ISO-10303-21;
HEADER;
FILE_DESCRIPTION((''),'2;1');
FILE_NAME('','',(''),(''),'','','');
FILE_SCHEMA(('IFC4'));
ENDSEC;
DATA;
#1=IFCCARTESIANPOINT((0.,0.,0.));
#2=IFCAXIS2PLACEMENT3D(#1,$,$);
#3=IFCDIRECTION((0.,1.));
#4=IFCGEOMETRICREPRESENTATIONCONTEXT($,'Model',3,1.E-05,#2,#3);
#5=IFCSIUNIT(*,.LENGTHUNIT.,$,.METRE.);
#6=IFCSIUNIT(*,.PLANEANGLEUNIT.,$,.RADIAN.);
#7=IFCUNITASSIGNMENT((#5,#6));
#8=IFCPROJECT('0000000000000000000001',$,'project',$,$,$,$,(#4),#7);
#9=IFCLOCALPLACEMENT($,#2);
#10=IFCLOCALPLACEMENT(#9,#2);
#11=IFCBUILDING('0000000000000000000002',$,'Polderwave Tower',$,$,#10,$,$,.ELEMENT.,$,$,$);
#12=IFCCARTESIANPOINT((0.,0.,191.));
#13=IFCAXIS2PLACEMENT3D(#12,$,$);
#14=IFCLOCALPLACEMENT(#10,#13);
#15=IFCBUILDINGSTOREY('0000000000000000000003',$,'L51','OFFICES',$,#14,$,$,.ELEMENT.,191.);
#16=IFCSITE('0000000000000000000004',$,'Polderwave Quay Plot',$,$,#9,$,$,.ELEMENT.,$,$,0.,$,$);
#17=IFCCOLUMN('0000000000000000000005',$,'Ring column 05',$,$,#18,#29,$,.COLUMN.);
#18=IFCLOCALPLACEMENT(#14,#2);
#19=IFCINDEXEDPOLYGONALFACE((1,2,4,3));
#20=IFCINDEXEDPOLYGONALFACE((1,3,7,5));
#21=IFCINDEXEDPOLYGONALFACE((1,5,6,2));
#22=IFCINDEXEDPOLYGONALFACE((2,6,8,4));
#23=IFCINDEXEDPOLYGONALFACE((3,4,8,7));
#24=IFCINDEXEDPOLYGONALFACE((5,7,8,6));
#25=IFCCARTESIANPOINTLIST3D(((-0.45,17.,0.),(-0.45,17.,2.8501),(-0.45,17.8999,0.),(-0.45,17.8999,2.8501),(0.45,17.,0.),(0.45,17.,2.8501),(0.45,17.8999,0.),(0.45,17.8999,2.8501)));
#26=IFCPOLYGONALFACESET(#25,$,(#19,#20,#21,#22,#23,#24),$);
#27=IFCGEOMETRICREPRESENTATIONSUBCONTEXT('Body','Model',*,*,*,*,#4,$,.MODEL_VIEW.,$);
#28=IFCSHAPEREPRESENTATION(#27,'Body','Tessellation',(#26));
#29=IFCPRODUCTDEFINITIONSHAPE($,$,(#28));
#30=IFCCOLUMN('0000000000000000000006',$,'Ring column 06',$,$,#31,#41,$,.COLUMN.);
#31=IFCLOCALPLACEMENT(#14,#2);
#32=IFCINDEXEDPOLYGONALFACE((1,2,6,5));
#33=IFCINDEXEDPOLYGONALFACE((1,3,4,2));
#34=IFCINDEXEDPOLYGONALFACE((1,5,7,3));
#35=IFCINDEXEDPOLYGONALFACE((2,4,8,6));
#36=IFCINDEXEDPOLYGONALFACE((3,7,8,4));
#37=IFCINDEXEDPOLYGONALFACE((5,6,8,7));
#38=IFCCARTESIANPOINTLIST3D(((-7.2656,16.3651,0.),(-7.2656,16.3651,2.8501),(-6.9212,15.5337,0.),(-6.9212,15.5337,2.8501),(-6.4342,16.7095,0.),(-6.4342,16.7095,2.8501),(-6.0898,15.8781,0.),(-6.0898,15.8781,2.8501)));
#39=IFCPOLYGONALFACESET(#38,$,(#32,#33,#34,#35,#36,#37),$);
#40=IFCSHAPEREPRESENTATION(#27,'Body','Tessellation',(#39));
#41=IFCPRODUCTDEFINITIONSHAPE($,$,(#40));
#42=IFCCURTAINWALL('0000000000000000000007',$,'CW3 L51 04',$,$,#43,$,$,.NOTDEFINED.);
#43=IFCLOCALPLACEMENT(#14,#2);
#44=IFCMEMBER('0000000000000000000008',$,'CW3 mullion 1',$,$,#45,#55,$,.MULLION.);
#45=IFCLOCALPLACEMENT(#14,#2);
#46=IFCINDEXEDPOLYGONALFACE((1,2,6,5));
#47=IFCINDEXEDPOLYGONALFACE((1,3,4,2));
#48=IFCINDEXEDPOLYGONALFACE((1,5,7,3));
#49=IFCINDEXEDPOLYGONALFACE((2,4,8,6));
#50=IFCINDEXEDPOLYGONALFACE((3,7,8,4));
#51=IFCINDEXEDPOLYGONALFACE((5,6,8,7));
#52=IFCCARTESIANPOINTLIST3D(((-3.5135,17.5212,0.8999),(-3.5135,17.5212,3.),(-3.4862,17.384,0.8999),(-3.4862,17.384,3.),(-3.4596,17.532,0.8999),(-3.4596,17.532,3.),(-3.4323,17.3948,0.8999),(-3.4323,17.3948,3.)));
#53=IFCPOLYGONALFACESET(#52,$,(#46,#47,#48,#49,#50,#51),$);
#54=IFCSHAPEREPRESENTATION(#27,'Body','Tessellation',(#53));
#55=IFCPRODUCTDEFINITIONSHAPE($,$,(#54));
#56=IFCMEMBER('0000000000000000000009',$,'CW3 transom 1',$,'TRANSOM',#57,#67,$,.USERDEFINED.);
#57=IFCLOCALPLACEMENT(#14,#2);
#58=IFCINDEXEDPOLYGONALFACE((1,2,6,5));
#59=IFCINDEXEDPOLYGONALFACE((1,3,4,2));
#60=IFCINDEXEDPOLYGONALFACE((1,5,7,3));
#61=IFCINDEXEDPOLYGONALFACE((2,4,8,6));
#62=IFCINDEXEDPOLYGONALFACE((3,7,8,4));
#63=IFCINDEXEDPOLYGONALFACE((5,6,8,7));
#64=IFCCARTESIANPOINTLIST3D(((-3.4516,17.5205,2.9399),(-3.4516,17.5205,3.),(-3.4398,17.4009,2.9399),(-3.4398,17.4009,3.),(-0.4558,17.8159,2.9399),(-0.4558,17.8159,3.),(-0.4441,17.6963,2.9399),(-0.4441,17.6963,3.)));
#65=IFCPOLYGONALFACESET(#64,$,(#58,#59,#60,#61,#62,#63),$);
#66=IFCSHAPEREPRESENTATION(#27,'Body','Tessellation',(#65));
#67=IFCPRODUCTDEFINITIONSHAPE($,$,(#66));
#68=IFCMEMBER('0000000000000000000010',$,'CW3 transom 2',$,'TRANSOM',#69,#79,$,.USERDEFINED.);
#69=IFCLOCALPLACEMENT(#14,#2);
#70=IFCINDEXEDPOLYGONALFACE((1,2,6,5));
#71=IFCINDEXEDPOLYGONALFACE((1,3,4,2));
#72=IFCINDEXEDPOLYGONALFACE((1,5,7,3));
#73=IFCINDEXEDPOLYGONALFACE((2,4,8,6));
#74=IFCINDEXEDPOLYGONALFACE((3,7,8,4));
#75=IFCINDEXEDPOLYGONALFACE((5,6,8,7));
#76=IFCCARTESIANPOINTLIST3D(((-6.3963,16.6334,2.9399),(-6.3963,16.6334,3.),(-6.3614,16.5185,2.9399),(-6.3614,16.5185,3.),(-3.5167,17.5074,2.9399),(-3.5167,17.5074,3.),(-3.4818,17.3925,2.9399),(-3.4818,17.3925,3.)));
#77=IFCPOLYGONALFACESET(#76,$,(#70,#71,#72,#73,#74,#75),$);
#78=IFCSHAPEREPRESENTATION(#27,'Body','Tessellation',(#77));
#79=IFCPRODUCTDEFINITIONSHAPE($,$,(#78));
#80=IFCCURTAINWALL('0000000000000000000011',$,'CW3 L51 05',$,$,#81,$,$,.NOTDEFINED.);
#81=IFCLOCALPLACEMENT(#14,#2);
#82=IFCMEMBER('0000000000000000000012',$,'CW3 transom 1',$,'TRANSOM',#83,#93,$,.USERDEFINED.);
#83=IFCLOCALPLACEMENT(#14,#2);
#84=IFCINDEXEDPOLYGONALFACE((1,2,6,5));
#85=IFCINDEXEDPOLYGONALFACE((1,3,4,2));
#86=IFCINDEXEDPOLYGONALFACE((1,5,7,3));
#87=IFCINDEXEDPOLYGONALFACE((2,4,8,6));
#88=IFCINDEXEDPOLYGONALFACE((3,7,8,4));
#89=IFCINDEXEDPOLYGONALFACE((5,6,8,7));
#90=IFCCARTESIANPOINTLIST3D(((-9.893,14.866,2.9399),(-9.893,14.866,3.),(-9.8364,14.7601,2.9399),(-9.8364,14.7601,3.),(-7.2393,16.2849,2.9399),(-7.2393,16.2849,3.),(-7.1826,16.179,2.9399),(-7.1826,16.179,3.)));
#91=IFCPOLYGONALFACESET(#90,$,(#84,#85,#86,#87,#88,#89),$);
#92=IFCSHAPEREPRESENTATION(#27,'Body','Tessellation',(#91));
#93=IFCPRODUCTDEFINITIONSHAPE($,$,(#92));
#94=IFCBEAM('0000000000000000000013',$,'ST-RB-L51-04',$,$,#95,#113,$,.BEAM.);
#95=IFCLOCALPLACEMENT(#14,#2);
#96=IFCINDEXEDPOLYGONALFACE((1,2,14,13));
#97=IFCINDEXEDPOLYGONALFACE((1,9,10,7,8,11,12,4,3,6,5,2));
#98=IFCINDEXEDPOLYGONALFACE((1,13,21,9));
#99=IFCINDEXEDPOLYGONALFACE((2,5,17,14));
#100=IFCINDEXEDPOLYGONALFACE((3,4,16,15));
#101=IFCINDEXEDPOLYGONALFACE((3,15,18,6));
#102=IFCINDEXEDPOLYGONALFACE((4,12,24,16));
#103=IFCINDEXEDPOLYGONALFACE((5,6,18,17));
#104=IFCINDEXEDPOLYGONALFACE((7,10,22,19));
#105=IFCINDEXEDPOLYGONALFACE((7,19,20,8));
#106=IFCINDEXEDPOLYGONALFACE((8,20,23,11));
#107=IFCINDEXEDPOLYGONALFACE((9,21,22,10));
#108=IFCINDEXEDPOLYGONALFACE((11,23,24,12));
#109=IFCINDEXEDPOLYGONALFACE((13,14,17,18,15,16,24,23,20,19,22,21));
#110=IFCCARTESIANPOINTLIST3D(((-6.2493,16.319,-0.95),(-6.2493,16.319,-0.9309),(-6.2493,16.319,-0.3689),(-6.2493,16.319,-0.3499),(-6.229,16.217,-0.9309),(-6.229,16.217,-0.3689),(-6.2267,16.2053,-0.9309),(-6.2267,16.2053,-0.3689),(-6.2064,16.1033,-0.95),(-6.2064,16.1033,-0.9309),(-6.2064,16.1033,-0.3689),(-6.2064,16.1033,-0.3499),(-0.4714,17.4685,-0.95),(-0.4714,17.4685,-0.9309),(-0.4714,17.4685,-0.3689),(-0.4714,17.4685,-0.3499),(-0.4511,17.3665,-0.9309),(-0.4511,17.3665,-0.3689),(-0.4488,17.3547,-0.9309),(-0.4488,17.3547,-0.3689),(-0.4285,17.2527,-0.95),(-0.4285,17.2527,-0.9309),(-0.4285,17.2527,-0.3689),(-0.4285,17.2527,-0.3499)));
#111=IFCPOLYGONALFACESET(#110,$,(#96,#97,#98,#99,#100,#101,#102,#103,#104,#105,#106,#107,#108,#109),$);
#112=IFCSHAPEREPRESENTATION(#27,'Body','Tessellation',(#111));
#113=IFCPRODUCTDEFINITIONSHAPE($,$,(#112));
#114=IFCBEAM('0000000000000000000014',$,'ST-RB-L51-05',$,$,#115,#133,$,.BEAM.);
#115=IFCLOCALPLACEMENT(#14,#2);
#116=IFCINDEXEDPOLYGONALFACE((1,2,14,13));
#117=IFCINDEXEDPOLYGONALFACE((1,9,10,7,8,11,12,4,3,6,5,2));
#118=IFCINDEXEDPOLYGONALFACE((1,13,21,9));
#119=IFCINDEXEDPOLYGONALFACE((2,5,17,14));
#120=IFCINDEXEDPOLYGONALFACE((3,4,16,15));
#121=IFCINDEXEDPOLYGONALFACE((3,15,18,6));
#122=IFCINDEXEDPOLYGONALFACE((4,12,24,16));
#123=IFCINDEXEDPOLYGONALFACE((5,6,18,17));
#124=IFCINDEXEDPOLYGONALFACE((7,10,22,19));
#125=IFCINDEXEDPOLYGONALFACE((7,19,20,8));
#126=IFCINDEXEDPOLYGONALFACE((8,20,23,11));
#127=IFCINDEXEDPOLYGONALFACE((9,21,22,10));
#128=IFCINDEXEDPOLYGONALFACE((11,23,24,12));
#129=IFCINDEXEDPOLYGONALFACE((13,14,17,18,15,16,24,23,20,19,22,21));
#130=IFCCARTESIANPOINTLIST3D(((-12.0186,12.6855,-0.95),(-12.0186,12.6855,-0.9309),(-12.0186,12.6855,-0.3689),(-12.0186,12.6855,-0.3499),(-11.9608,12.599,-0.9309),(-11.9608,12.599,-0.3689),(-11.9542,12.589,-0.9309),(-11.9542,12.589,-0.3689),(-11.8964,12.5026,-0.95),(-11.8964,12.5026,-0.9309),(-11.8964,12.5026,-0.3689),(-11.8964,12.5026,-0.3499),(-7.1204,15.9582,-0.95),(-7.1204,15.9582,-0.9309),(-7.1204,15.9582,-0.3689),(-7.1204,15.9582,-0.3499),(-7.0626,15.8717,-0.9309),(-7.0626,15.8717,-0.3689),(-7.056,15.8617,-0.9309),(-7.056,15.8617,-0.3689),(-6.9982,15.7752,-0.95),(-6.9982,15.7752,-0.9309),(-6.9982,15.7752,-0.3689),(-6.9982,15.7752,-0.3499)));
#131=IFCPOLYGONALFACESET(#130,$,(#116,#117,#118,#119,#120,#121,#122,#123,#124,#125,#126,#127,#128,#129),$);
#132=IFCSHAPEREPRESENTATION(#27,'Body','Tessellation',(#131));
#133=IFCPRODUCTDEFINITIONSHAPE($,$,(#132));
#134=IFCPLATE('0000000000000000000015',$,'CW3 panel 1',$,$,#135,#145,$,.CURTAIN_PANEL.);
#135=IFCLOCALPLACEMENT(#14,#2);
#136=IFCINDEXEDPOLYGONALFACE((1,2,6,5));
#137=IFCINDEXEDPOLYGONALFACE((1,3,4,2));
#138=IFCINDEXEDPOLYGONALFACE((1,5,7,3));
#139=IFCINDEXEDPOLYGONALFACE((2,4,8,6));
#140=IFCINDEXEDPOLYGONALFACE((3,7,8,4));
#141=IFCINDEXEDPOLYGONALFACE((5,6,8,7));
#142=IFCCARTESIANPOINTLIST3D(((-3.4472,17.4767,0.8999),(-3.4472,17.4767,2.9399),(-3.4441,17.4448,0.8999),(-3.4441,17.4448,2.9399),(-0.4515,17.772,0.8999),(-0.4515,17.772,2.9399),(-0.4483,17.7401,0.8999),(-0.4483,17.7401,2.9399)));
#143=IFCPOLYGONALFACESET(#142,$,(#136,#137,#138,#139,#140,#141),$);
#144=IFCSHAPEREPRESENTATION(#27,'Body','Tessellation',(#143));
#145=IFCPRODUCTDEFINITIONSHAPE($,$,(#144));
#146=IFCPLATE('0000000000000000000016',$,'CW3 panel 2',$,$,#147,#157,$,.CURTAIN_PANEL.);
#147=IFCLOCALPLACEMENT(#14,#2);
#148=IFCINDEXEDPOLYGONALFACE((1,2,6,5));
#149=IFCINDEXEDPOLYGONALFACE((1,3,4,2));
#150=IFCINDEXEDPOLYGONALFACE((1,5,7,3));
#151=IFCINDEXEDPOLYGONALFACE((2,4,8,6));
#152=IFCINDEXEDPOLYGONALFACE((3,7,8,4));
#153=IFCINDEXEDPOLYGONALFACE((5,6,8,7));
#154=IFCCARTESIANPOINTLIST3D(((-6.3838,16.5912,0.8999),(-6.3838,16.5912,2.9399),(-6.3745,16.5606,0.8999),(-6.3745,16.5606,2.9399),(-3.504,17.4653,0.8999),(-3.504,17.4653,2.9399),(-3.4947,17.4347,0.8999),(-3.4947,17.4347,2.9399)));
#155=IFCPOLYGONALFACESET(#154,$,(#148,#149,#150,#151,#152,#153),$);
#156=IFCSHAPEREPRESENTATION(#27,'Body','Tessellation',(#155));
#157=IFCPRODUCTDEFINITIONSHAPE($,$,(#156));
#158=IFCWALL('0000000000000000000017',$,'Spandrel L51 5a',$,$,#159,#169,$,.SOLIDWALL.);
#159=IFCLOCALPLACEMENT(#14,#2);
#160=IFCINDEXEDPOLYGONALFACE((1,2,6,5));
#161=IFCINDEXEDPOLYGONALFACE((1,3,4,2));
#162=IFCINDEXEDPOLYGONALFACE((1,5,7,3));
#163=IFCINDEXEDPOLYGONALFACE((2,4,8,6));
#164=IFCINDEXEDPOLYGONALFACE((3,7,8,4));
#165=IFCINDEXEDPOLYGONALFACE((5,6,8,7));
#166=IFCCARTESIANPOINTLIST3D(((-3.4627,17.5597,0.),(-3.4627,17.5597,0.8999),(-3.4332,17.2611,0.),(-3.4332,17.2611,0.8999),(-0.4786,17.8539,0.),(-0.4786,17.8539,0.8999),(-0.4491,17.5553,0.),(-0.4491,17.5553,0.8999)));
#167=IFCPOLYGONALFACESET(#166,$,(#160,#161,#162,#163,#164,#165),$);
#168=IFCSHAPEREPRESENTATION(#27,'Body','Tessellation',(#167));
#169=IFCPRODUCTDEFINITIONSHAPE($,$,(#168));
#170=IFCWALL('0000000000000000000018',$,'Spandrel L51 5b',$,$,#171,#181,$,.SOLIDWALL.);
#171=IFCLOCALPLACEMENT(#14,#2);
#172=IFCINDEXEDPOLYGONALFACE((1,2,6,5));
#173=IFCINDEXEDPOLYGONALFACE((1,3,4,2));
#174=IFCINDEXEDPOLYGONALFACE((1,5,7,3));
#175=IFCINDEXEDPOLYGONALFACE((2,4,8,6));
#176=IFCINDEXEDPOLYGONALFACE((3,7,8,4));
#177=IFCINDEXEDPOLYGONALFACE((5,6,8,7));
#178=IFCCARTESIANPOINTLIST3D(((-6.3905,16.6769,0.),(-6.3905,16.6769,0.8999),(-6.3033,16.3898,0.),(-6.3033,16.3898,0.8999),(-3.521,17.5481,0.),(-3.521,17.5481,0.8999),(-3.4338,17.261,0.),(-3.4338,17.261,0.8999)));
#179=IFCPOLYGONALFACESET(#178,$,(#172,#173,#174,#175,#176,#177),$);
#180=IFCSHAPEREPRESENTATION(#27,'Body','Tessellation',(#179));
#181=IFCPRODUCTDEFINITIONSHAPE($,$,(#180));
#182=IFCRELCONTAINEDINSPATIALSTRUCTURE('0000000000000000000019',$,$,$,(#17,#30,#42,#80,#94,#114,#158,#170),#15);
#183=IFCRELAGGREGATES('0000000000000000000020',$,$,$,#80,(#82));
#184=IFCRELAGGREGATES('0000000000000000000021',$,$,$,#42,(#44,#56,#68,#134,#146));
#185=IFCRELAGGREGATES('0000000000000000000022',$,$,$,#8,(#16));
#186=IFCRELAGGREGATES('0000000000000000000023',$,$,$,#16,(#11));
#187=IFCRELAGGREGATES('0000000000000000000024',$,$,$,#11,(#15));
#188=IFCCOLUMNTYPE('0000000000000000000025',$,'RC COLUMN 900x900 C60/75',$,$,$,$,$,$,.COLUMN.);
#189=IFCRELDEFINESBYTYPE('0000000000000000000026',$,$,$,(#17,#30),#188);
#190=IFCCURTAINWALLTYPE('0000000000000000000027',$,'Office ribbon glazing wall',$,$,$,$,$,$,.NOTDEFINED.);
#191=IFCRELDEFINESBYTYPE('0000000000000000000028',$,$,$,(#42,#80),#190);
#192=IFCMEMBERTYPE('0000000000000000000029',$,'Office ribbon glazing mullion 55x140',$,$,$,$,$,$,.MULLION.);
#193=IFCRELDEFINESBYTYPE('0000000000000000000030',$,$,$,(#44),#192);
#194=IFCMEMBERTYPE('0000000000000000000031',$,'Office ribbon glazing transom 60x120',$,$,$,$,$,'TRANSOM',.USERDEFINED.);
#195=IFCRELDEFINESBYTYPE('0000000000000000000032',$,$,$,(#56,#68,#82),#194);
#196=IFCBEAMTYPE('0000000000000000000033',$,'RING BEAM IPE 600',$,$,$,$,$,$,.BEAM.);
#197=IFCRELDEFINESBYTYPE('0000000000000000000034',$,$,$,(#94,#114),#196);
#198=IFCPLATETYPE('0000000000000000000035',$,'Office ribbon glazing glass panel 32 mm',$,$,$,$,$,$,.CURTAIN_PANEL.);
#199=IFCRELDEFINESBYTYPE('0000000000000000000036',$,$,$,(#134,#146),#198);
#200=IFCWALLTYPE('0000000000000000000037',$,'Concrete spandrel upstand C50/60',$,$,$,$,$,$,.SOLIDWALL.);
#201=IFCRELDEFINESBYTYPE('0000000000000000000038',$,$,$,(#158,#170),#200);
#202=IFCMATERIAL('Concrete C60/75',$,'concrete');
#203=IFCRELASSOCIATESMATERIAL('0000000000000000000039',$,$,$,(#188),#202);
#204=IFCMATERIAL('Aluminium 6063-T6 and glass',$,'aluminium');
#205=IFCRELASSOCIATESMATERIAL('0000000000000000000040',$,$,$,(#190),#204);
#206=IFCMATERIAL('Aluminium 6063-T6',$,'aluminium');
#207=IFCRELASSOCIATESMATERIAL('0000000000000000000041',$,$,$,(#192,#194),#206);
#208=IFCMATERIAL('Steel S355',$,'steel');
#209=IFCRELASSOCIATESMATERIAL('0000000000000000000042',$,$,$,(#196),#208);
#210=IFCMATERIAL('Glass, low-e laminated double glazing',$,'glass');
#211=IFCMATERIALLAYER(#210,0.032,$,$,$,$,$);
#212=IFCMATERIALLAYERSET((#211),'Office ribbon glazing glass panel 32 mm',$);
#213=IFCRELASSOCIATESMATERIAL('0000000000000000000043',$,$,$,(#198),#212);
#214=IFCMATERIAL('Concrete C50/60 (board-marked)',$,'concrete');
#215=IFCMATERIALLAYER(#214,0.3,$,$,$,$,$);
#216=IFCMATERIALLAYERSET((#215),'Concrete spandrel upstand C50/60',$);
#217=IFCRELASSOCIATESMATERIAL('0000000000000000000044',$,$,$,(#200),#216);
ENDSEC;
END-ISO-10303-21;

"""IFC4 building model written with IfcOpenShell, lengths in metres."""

from ifc_helpers import new_model, si_unit, direction, frame, frame_2d, origin, origin_2d, place, context, subcontext, project, spatial, rectangle, i_section, extrude, material, layer, layer_set, material_profile, profile_set, type_object, element, aggregate, save


model = new_model("IFC4")

# Units and contexts
model_context = context("Model", 3, precision=1e-05, world=origin(), true_north=direction((0.0, 1.0)))
body_context = subcontext(model_context, "Body", "Model", "MODEL_VIEW")
ifc_project = project(units=[si_unit("LENGTHUNIT", "METRE"), si_unit("PLANEANGLEUNIT", "RADIAN")], contexts=[model_context])

# Site, building, storey
site_placement = place(None, origin())
site = spatial("IfcSite", under=ifc_project, at=site_placement, Name="Polderwave Quay Plot", CompositionType="ELEMENT", RefElevation=0.0)
building_placement = place(site_placement, origin())
building = spatial("IfcBuilding", under=site, at=building_placement, Name="Polderwave Tower", CompositionType="ELEMENT")
storey_placement = place(building_placement, frame((0.0, 0.0, 191.0)))
storey = spatial("IfcBuildingStorey", under=building, at=storey_placement, Name="L51", Description="OFFICES", CompositionType="ELEMENT", Elevation=191.0)

# Columns
ifc_material_1 = material(Name="Concrete C60/75", Category="concrete")
ifc_material_profile_1 = material_profile(ifc_material_1, rectangle(XDim=0.8999, YDim=0.8999, at=origin_2d()), Name="RC 900x900")
ifc_profile_set_1 = profile_set([ifc_material_profile_1], Name="Concrete C60/75")
column_type = type_object("IfcColumnType", Name="RC COLUMN 900x900 C60/75", PredefinedType="COLUMN", material=ifc_profile_set_1)
for number, where, z_axis, x_axis, name in (
    (1, (0.0, 17.45, 0.0), (0.0, 0.0, 1.0), (0.0, 1.0, 0.0), "Ring column 05"),
    (2, (-6.6777, 16.1216, 0.0), (0.0, 0.0, 1.0), (-0.382683, 0.92388, 0.0), "Ring column 06"),
):
    element("IfcColumn", number, at=place(storey_placement, frame(where, z_axis=z_axis, x_axis=x_axis)), inside=storey, type_object=column_type, Name=name, PredefinedType="COLUMN", context=body_context, shape_type="SweptSolid", body=[
        extrude(rectangle(XDim=0.8999, YDim=0.8999, at=origin_2d()), origin(), (0.0, 0.0, 1.0), 2.8501),
    ])

# Curtain wall, members
ifc_material_2 = material(Name="Aluminium 6063-T6 and glass", Category="aluminium")
curtain_wall_type = type_object("IfcCurtainWallType", Name="Office ribbon glazing wall", PredefinedType="NOTDEFINED", material=ifc_material_2)
curtain_wall_1_placement = place(storey_placement, origin())
curtain_wall_1 = element("IfcCurtainWall", 3, at=curtain_wall_1_placement, inside=storey, type_object=curtain_wall_type, Name="CW3 L51 04", PredefinedType="NOTDEFINED")
ifc_material_3 = material(Name="Aluminium 6063-T6", Category="aluminium")
ifc_material_profile_2 = material_profile(ifc_material_3, rectangle(XDim=0.1399, YDim=0.0549, at=origin_2d()), Name="AL 55x140")
ifc_profile_set_2 = profile_set([ifc_material_profile_2], Name="Aluminium 6063-T6")
member_type_1 = type_object("IfcMemberType", Name="Office ribbon glazing mullion 55x140", PredefinedType="MULLION", material=ifc_profile_set_2)
member_1_placement = place(storey_placement, frame((-3.4729, 17.458, 0.8999), z_axis=(0.0, 0.0, 1.0), x_axis=(0.195205, -0.980762, 0.0)))
member_1 = element("IfcMember", 4, at=member_1_placement, type_object=member_type_1, Name="CW3 mullion 1", PredefinedType="MULLION", context=body_context, shape_type="SweptSolid", body=[
    extrude(rectangle(XDim=0.1399, YDim=0.0549, at=origin_2d()), origin(), (0.0, 0.0, 1.0), 2.1001),
])
ifc_material_profile_3 = material_profile(ifc_material_3, rectangle(XDim=0.1201, YDim=0.0601, at=origin_2d()), Name="AL 60x120")
ifc_profile_set_3 = profile_set([ifc_material_profile_3], Name="Aluminium 6063-T6")
member_type_2 = type_object("IfcMemberType", Name="Office ribbon glazing transom 60x120", ElementType="TRANSOM", PredefinedType="USERDEFINED", material=ifc_profile_set_3)
member_2_placement = place(storey_placement, frame((-0.45, 17.7561, 2.97), z_axis=(-0.995173, -0.098138, 0.0), x_axis=(0.098138, -0.995173, 0.0)))
member_2 = element("IfcMember", 5, at=member_2_placement, type_object=member_type_2, Name="CW3 transom 1", ObjectType="TRANSOM", PredefinedType="USERDEFINED", context=body_context, shape_type="SweptSolid", body=[
    extrude(rectangle(XDim=0.1201, YDim=0.0601, at=origin_2d()), origin(), (0.0, 0.0, 1.0), 3.0103),
])
member_3_placement = place(storey_placement, frame((-3.4993, 17.45, 2.97), z_axis=(-0.956895, -0.290435, 0.0), x_axis=(0.290435, -0.956895, 0.0)))
member_3 = element("IfcMember", 6, at=member_3_placement, type_object=member_type_2, Name="CW3 transom 2", ObjectType="TRANSOM", PredefinedType="USERDEFINED", context=body_context, shape_type="SweptSolid", body=[
    extrude(rectangle(XDim=0.1201, YDim=0.0601, at=origin_2d()), origin(), (0.0, 0.0, 1.0), 3.0093),
])

# Curtain wall, member
curtain_wall_2_placement = place(storey_placement, origin())
curtain_wall_2 = element("IfcCurtainWall", 7, at=curtain_wall_2_placement, inside=storey, type_object=curtain_wall_type, Name="CW3 L51 05", PredefinedType="NOTDEFINED")
member_4_placement = place(storey_placement, frame((-7.2109, 16.2319, 2.97), z_axis=(-0.881858, -0.471514, 0.0), x_axis=(0.471514, -0.881858, 0.0)))
member_4 = element("IfcMember", 8, at=member_4_placement, type_object=member_type_2, Name="CW3 transom 1", ObjectType="TRANSOM", PredefinedType="USERDEFINED", context=body_context, shape_type="SweptSolid", body=[
    extrude(rectangle(XDim=0.1201, YDim=0.0601, at=origin_2d()), origin(), (0.0, 0.0, 1.0), 3.0093),
])
aggregate(curtain_wall_2, [member_4])

# Beams
ifc_material_4 = material(Name="Steel S355", Category="steel")
ifc_material_profile_4 = material_profile(ifc_material_4, i_section(OverallWidth=0.22, OverallDepth=0.6001, WebThickness=0.012, FlangeThickness=0.019, at=origin_2d()), Name="IPE 600")
ifc_profile_set_4 = profile_set([ifc_material_profile_4], Name="Steel S355")
beam_type = type_object("IfcBeamType", Name="RING BEAM IPE 600", PredefinedType="BEAM", material=ifc_profile_set_4)
beam_1_placement = place(storey_placement, frame((-0.45, 17.3606, -0.6499), z_axis=(-0.980781, -0.195112, 0.0), x_axis=(0.195112, -0.980781, 0.0)))
element("IfcBeam", 9, at=beam_1_placement, inside=storey, type_object=beam_type, Name="ST-RB-L51-04", PredefinedType="BEAM", context=body_context, shape_type="SweptSolid", body=[
    extrude(i_section(OverallWidth=0.22, OverallDepth=0.6001, WebThickness=0.012, FlangeThickness=0.019, at=origin_2d()), origin(), (0.0, 0.0, 1.0), 5.8911),
])
beam_2_placement = place(storey_placement, frame((-7.0593, 15.8667, -0.6499), z_axis=(-0.831482, -0.555551, 0.0), x_axis=(0.555551, -0.831482, 0.0)))
element("IfcBeam", 10, at=beam_2_placement, inside=storey, type_object=beam_type, Name="ST-RB-L51-05", PredefinedType="BEAM", context=body_context, shape_type="SweptSolid", body=[
    extrude(i_section(OverallWidth=0.22, OverallDepth=0.6001, WebThickness=0.012, FlangeThickness=0.019, at=origin_2d()), origin(), (0.0, 0.0, 1.0), 5.8909),
])

# Plates
ifc_material_5 = material(Name="Glass, low-e laminated double glazing", Category="glass")
ifc_layer_1 = layer(ifc_material_5, 0.032)
ifc_layer_set_1 = layer_set([ifc_layer_1], Name="Office ribbon glazing glass panel 32 mm")
plate_type = type_object("IfcPlateType", Name="Office ribbon glazing glass panel 32 mm", PredefinedType="CURTAIN_PANEL", material=ifc_layer_set_1)
plate_1_placement = place(storey_placement, frame((-1.9478, 17.6084, 0.8999), z_axis=(0.0, 0.0, 1.0), x_axis=(-0.995176, -0.098102, 0.0)))
plate_1 = element("IfcPlate", 11, at=plate_1_placement, type_object=plate_type, Name="CW3 panel 1", PredefinedType="CURTAIN_PANEL", context=body_context, shape_type="SweptSolid", body=[
    extrude(rectangle(XDim=3.0103, YDim=0.032, at=origin_2d()), origin(), (0.0, 0.0, 1.0), 2.04),
])
plate_2_placement = place(storey_placement, frame((-4.9392, 17.0129, 0.8999), z_axis=(0.0, 0.0, 1.0), x_axis=(-0.956897, -0.290428, 0.0)))
plate_2 = element("IfcPlate", 12, at=plate_2_placement, type_object=plate_type, Name="CW3 panel 2", PredefinedType="CURTAIN_PANEL", context=body_context, shape_type="SweptSolid", body=[
    extrude(rectangle(XDim=3.0095, YDim=0.032, at=origin_2d()), origin(), (0.0, 0.0, 1.0), 2.04),
])
aggregate(curtain_wall_1, [member_1, member_2, member_3, plate_1, plate_2])

# Walls
ifc_material_6 = material(Name="Concrete C50/60 (board-marked)", Category="concrete")
ifc_layer_2 = layer(ifc_material_6, 0.3)
ifc_layer_set_2 = layer_set([ifc_layer_2], Name="Concrete spandrel upstand C50/60")
wall_type_1 = type_object("IfcWallType", Name="Concrete spandrel upstand C50/60", PredefinedType="SOLIDWALL", material=ifc_layer_set_2)
wall_1_placement = place(storey_placement, frame((-0.4639, 17.7046, 0.0), z_axis=(0.0, 0.0, 1.0), x_axis=(-0.995176, -0.098109, 0.0)))
element("IfcWall", 13, at=wall_1_placement, inside=storey, type_object=wall_type_1, Name="Spandrel L51 5a", PredefinedType="SOLIDWALL", context=body_context, shape_type="SweptSolid", body=[
    extrude(rectangle(XDim=2.9985, YDim=0.3, at=frame_2d((1.4993, 0.0))), origin(), (0.0, 0.0, 1.0), 0.8999),
])
wall_2_placement = place(storey_placement, frame((-3.4773, 17.4045, 0.0), z_axis=(0.0, 0.0, 1.0), x_axis=(-0.956878, -0.290491, 0.0)))
element("IfcWall", 14, at=wall_2_placement, inside=storey, type_object=wall_type_1, Name="Spandrel L51 5b", PredefinedType="SOLIDWALL", context=body_context, shape_type="SweptSolid", body=[
    extrude(rectangle(XDim=2.9988, YDim=0.3, at=frame_2d((1.4995, 0.0))), origin(), (0.0, 0.0, 1.0), 0.8999),
])

save(model, "model.ifc")
